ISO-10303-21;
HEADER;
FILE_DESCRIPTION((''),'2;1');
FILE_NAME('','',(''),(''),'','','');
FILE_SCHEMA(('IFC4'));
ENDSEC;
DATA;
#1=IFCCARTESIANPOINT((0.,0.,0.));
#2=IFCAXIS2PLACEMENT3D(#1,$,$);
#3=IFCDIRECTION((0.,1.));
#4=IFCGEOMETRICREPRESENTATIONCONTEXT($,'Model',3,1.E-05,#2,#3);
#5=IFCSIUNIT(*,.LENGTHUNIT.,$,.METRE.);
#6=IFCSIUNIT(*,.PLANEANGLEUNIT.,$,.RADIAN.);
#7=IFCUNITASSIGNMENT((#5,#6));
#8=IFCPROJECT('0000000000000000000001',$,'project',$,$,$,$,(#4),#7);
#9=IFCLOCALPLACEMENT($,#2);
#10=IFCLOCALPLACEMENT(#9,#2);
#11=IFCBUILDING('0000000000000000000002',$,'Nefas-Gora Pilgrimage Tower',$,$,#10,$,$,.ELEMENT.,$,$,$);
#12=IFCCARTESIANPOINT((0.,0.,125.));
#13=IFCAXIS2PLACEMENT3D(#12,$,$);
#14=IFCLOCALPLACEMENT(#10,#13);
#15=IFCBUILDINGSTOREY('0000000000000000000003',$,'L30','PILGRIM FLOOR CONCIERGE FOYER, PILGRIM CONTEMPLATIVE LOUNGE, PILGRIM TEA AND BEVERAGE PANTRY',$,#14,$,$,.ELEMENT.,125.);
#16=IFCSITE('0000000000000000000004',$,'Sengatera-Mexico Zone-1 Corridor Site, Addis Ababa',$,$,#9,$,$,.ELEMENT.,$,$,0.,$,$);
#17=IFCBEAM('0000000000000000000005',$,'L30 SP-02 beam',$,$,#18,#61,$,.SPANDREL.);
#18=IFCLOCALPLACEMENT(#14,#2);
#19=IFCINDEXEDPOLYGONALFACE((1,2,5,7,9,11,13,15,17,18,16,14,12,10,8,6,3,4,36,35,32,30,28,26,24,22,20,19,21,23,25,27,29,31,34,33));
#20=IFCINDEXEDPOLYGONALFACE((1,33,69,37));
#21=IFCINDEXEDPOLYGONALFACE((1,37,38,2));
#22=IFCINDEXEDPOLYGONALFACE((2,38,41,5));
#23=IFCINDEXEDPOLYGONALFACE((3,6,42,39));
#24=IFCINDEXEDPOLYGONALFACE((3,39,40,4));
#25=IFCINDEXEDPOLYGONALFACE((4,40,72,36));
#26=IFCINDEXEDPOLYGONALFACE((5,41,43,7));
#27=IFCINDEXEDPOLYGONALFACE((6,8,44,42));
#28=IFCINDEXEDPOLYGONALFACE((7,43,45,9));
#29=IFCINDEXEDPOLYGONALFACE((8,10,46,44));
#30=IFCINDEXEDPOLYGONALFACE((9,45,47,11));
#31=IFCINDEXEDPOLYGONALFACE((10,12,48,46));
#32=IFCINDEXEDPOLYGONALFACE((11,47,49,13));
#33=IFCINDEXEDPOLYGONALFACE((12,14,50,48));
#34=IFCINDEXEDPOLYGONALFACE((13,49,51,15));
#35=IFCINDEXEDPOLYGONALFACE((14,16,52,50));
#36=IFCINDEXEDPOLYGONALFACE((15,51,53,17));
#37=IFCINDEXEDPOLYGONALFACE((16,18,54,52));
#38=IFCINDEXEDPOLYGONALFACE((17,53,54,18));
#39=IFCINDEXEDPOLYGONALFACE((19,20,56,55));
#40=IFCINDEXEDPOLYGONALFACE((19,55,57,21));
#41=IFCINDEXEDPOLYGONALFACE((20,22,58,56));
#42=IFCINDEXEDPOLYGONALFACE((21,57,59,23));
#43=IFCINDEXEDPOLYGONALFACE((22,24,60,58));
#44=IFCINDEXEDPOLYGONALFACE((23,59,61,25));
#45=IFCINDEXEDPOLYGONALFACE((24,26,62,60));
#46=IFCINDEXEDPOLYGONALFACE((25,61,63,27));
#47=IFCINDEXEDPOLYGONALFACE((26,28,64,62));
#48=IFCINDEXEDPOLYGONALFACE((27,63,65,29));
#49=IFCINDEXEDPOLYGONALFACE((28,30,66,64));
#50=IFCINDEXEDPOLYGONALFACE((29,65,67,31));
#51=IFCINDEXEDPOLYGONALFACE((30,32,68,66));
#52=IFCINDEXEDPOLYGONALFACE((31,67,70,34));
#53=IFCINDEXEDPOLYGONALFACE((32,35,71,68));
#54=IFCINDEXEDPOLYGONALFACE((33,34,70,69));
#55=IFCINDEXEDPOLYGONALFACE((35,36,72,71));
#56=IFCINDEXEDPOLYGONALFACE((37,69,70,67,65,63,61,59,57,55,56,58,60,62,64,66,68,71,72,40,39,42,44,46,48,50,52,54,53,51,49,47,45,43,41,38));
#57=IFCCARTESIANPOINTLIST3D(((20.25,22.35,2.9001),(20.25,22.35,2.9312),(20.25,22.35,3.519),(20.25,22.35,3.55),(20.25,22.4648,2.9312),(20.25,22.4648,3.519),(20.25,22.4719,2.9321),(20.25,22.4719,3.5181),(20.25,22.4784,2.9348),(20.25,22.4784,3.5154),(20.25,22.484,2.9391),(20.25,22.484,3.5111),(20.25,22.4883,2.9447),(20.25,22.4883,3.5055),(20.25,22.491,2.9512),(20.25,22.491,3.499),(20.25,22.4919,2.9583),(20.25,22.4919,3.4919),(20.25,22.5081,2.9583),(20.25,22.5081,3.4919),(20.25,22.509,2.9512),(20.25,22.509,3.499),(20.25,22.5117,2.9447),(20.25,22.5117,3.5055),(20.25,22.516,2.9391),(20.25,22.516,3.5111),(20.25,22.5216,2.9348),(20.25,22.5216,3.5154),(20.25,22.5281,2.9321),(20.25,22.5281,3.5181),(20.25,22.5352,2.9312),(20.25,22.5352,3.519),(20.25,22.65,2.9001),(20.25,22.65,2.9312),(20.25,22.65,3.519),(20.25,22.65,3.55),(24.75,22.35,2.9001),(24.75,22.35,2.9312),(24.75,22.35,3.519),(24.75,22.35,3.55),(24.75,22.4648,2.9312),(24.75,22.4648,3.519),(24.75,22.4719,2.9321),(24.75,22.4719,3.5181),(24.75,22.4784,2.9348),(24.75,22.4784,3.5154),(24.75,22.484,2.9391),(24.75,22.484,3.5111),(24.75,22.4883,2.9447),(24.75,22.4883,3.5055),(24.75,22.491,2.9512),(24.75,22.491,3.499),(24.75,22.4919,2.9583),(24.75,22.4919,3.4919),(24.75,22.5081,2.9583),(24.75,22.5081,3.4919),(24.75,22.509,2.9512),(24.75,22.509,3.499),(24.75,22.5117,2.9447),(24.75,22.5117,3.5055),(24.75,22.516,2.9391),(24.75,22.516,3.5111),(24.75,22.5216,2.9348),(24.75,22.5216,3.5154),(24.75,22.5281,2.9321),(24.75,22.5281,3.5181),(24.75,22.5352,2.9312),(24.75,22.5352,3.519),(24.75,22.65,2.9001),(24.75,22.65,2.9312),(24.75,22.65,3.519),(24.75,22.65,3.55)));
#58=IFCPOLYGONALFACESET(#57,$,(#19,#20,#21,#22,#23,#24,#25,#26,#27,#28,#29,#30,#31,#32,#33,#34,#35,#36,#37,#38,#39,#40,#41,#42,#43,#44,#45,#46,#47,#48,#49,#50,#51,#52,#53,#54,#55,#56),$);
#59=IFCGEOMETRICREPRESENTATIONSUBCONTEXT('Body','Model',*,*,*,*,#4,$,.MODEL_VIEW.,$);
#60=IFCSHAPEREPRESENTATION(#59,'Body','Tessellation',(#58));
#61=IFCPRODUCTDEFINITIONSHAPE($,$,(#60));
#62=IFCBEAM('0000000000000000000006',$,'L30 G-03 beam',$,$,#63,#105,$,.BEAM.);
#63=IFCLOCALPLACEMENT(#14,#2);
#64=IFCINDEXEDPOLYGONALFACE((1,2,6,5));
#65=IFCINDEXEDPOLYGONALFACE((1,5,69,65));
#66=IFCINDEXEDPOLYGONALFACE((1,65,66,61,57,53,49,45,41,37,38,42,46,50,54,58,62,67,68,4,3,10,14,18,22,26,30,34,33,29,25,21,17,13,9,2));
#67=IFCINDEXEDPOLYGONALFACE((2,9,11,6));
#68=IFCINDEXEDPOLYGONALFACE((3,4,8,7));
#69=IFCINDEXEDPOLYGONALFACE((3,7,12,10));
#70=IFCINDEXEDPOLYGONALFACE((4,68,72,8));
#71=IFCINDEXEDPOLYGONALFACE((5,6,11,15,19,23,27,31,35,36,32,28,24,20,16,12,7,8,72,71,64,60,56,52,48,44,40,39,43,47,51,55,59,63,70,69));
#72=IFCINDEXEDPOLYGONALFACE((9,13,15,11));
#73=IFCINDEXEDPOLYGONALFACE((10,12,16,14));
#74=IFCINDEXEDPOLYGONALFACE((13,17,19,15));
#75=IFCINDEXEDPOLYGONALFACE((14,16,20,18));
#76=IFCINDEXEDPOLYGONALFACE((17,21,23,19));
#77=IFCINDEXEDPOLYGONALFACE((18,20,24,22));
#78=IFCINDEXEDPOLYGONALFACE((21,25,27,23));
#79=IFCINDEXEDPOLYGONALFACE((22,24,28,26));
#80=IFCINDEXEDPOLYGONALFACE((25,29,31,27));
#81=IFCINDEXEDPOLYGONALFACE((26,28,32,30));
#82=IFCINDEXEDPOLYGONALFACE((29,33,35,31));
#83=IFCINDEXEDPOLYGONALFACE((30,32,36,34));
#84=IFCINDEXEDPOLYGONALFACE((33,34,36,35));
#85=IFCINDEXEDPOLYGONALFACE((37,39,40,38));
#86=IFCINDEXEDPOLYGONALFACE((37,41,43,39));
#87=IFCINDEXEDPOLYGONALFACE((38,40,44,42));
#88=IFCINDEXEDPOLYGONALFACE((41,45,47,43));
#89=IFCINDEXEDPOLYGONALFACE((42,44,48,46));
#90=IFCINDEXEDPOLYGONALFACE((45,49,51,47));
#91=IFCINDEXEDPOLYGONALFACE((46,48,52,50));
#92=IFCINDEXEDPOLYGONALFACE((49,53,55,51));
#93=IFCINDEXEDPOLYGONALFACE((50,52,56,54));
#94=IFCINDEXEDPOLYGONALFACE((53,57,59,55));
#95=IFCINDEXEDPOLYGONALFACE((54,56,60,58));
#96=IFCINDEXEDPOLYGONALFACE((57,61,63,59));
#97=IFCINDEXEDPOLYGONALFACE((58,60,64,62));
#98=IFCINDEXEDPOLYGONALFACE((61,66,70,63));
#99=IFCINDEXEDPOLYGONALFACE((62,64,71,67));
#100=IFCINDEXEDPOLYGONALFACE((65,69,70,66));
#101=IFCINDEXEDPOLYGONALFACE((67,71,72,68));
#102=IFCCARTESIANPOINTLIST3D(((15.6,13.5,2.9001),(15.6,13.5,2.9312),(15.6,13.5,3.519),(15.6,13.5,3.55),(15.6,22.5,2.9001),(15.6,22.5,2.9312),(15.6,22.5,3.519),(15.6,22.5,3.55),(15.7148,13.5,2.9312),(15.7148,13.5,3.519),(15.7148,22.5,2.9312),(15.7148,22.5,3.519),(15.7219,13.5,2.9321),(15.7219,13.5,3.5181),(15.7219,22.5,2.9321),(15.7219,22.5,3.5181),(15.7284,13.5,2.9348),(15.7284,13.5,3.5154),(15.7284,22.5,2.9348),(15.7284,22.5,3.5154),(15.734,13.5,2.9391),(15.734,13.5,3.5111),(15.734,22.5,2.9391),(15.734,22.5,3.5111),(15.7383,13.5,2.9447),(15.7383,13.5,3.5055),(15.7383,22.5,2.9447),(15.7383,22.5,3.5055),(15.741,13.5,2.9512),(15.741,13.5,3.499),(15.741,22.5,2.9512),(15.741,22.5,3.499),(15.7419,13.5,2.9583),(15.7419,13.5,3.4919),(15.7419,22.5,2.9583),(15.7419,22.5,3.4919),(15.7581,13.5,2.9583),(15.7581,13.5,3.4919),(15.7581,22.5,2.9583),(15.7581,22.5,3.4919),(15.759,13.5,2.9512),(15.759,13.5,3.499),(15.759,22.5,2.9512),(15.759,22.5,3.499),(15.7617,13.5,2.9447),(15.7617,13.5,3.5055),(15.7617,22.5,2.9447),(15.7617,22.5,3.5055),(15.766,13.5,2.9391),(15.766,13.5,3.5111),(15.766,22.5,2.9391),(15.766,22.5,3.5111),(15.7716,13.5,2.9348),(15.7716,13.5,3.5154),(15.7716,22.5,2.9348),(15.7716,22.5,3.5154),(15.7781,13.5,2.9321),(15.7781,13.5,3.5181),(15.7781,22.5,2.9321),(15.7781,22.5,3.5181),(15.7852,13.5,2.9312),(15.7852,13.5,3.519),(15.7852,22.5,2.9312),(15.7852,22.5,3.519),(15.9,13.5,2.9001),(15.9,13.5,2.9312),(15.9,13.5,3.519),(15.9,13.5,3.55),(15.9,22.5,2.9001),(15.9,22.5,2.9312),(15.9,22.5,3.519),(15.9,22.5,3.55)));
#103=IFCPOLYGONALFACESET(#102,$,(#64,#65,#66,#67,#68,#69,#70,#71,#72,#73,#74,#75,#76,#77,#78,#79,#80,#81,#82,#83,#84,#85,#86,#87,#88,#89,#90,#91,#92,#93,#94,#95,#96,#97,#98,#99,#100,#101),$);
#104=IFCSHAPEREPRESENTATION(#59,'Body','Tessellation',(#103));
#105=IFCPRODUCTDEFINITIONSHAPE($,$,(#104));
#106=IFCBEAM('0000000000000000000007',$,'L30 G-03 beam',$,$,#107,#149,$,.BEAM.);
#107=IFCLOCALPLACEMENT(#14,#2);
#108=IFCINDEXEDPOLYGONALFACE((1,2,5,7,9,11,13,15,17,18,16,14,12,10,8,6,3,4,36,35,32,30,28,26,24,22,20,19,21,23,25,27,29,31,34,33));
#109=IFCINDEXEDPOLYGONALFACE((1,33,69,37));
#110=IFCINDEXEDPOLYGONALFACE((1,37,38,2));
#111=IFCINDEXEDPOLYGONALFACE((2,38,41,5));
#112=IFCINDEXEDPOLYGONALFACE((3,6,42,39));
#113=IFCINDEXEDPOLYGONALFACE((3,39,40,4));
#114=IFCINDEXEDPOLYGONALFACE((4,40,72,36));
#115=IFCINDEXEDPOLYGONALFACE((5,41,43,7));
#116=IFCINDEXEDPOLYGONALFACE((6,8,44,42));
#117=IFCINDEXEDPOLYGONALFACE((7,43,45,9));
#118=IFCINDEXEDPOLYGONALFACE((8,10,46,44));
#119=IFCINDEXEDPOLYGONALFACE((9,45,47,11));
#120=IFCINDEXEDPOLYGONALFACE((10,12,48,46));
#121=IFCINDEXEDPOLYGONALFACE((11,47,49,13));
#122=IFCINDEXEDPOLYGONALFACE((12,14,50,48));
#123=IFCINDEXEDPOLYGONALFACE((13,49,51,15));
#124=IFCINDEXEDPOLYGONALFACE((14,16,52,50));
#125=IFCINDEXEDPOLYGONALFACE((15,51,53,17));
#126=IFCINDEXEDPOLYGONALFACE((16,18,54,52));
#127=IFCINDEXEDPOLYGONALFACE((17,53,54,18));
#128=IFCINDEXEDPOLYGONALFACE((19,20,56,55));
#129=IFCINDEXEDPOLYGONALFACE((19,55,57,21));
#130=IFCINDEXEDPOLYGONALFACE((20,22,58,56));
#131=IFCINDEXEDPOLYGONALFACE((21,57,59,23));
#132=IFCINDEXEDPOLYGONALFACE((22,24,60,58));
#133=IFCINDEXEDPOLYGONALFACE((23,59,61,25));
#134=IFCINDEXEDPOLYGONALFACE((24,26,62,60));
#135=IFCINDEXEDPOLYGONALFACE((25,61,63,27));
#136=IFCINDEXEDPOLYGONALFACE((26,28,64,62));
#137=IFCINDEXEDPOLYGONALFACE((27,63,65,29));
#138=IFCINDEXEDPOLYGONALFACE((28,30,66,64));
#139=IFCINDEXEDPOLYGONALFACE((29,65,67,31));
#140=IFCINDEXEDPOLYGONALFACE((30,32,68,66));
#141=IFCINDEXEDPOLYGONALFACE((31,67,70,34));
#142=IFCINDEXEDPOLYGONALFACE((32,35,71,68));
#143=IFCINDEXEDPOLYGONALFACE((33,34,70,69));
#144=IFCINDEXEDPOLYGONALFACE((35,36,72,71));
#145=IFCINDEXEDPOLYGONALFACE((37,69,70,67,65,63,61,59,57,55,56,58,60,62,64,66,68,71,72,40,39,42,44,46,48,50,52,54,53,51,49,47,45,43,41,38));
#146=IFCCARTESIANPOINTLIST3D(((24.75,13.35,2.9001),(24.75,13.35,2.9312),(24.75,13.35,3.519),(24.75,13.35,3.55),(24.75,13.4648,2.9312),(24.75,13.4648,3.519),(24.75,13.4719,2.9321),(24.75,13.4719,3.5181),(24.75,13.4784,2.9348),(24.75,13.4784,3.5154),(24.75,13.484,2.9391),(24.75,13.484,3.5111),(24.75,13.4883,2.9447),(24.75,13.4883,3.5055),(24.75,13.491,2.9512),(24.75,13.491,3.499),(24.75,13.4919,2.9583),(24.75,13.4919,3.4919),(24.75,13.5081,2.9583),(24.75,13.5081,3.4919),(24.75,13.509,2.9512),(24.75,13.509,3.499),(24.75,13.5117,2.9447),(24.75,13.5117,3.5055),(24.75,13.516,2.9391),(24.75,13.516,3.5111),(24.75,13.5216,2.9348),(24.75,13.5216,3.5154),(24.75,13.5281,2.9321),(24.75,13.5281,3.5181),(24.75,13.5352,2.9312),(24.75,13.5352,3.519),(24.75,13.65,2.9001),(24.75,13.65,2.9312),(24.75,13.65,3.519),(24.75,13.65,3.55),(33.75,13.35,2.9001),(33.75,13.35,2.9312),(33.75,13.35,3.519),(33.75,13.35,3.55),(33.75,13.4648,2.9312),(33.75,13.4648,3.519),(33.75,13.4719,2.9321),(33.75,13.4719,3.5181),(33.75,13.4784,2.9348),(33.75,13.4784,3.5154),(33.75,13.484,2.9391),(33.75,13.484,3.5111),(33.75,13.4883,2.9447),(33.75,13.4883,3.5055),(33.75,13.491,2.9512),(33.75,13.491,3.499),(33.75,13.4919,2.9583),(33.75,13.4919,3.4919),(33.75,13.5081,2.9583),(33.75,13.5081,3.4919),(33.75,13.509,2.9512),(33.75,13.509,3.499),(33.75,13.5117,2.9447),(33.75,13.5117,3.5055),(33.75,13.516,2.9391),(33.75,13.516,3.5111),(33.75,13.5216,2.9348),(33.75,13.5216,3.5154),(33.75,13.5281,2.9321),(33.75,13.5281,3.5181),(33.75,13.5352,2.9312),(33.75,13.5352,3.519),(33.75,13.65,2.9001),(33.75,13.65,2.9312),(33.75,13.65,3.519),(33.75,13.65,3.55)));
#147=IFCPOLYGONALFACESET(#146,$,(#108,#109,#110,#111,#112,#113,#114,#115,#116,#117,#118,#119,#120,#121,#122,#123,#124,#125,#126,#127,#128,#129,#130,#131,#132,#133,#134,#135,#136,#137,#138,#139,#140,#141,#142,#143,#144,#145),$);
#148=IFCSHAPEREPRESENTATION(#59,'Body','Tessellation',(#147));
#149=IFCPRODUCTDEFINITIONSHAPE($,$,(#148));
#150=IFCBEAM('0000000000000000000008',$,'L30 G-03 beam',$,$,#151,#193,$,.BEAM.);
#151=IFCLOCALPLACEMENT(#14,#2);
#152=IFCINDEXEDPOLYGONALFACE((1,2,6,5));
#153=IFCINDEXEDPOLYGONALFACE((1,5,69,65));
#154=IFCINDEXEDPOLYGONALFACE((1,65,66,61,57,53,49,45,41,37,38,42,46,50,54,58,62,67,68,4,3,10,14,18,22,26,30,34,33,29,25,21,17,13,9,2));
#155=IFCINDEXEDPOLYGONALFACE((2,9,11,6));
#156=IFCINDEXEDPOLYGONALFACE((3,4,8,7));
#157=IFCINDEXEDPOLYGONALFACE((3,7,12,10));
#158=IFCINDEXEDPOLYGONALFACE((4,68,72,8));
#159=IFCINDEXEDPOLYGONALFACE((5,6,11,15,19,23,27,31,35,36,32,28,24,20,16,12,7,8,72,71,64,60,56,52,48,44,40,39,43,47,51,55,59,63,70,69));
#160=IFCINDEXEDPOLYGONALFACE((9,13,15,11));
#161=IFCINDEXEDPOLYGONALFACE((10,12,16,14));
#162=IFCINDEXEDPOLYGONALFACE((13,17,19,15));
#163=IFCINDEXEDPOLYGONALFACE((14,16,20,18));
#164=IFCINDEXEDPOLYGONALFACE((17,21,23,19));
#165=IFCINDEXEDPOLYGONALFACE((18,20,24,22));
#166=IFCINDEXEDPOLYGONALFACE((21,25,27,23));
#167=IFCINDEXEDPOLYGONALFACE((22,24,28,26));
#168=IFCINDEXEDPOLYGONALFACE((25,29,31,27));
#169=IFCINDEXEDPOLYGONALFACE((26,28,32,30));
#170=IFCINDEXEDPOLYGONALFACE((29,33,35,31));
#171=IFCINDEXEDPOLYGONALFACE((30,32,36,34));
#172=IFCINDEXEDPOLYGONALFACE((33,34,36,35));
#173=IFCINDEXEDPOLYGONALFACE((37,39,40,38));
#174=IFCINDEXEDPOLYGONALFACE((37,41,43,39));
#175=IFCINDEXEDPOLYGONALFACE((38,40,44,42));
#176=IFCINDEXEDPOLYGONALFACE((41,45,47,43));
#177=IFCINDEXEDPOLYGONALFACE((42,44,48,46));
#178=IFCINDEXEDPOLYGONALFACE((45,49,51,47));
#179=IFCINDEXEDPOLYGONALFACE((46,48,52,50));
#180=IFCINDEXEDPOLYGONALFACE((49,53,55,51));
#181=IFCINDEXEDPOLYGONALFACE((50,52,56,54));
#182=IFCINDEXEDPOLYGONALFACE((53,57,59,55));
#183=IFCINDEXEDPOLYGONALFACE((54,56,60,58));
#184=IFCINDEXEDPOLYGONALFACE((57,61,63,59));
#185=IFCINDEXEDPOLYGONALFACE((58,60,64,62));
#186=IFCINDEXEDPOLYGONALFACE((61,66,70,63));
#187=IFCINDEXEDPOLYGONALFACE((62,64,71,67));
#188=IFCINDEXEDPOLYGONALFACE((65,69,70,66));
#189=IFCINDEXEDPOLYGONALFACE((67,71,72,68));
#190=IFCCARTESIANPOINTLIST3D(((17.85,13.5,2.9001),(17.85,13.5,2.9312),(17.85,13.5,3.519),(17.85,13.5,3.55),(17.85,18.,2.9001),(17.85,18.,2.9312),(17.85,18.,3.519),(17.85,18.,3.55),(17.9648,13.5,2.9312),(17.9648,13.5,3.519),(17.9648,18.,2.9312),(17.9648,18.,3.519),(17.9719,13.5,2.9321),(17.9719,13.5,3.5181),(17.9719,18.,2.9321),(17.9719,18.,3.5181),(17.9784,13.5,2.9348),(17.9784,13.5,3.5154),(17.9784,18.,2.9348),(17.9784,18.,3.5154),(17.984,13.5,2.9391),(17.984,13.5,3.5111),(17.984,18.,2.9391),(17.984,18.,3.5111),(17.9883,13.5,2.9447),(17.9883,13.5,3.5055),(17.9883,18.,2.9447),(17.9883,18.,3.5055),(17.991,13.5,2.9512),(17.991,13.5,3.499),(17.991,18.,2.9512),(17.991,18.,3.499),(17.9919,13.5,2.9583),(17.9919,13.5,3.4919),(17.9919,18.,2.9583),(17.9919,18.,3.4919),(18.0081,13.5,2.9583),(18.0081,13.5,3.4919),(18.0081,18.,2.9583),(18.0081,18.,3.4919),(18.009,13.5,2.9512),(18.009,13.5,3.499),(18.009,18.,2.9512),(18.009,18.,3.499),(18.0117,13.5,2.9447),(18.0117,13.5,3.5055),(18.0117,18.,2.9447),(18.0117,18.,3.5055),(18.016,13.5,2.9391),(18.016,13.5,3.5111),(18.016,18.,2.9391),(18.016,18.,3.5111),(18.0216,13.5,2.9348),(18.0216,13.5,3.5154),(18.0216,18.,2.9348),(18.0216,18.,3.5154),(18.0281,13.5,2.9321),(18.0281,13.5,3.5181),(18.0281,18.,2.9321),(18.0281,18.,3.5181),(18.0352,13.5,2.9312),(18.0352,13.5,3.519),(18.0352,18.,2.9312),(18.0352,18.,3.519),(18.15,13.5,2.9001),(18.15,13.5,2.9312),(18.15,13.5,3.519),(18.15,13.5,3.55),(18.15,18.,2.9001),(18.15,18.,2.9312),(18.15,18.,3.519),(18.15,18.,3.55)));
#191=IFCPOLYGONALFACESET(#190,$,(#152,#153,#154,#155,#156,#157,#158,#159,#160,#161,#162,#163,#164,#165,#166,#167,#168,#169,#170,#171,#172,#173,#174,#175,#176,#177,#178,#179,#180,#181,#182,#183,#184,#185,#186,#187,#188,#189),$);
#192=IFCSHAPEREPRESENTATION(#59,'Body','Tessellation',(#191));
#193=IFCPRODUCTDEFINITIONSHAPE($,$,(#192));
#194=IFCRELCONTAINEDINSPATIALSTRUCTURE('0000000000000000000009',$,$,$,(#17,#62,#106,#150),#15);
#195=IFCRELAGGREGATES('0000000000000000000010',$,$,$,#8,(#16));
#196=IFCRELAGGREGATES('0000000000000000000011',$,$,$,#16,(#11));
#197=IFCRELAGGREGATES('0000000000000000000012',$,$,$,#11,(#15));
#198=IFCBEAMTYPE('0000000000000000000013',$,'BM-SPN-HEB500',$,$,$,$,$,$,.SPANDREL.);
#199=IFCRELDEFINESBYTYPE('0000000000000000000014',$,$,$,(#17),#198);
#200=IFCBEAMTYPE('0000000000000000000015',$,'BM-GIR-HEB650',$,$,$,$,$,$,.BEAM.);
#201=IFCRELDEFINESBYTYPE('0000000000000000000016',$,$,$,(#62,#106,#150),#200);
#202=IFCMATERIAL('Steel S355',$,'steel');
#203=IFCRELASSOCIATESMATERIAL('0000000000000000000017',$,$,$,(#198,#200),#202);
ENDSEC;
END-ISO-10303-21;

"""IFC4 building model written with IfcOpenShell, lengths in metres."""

from ifc_helpers import new_model, si_unit, direction, frame, origin, origin_2d, place, context, subcontext, project, spatial, i_section, extrude, source, transform, mapped, material, material_profile, profile_set, type_object, element, save


model = new_model("IFC4")

# Units and contexts
model_context = context("Model", 3, precision=1e-05, world=origin(), true_north=direction((0.0, 1.0)))
body_context = subcontext(model_context, "Body", "Model", "MODEL_VIEW")
ifc_project = project(units=[si_unit("LENGTHUNIT", "METRE"), si_unit("PLANEANGLEUNIT", "RADIAN")], contexts=[model_context])

# Site, building, storey
site_placement = place(None, origin())
site = spatial("IfcSite", under=ifc_project, at=site_placement, Name="Sengatera-Mexico Zone-1 Corridor Site, Addis Ababa", CompositionType="ELEMENT", RefElevation=0.0)
building_placement = place(site_placement, origin())
building = spatial("IfcBuilding", under=site, at=building_placement, Name="Nefas-Gora Pilgrimage Tower", CompositionType="ELEMENT")
storey_placement = place(building_placement, frame((0.0, 0.0, 125.0)))
storey = spatial("IfcBuildingStorey", under=building, at=storey_placement, Name="L30", Description="PILGRIM FLOOR CONCIERGE FOYER, PILGRIM CONTEMPLATIVE LOUNGE, PILGRIM TEA AND BEVERAGE PANTRY", CompositionType="ELEMENT", Elevation=125.0)

# Beams
ifc_material_1 = material(Name="Steel S355", Category="steel")
ifc_material_profile_1 = material_profile(ifc_material_1, i_section(OverallWidth=0.3, OverallDepth=0.6499, WebThickness=0.0161, FlangeThickness=0.031, FilletRadius=0.0271, at=origin_2d()), Name="HEB 650")
ifc_profile_set_1 = profile_set([ifc_material_profile_1], Name="Steel S355")
beam_type_1 = type_object("IfcBeamType", Name="BM-SPN-HEB500", PredefinedType="SPANDREL", material=ifc_profile_set_1)
shared_shape_1 = source(origin(), body_context, "Body", "SweptSolid", [
    extrude(i_section(OverallWidth=0.3, OverallDepth=0.6499, WebThickness=0.0161, FlangeThickness=0.031, FilletRadius=0.0271, at=origin_2d()), origin(), (0.0, 0.0, 1.0), 4.5),
])
beam_1_placement = place(storey_placement, frame((20.25, 22.5, 3.2251), z_axis=(1.0, 0.0, 0.0), x_axis=(0.0, 1.0, 0.0)))
element("IfcBeam", 1, at=beam_1_placement, inside=storey, type_object=beam_type_1, Name="L30 SP-02 beam", PredefinedType="SPANDREL", context=body_context, shape_type="MappedRepresentation", body=[
    mapped(shared_shape_1, transform((0.0, 0.0, 0.0), x_axis=(1.0, 0.0, 0.0), y_axis=(0.0, 1.0, 0.0), z_axis=(0.0, 0.0, 1.0), scale=1.0)),
])
ifc_material_profile_2 = material_profile(ifc_material_1, i_section(OverallWidth=0.3, OverallDepth=0.6499, WebThickness=0.0161, FlangeThickness=0.031, FilletRadius=0.0271, at=origin_2d()), Name="HEB 650")
ifc_profile_set_2 = profile_set([ifc_material_profile_2], Name="Steel S355")
beam_type_2 = type_object("IfcBeamType", Name="BM-GIR-HEB650", PredefinedType="BEAM", material=ifc_profile_set_2)
shared_shape_2 = source(origin(), body_context, "Body", "SweptSolid", [
    extrude(i_section(OverallWidth=0.3, OverallDepth=0.6499, WebThickness=0.0161, FlangeThickness=0.031, FilletRadius=0.0271, at=origin_2d()), origin(), (0.0, 0.0, 1.0), 9.0),
])
for number, where, z_axis, x_axis, name in (
    (2, (15.75, 13.5, 3.2251), (0.0, 1.0, 0.0), (-1.0, 0.0, 0.0), "L30 G-03 beam"),
    (3, (24.75, 13.5, 3.2251), (1.0, 0.0, 0.0), (0.0, 1.0, 0.0), "L30 G-03 beam"),
):
    element("IfcBeam", number, at=place(storey_placement, frame(where, z_axis=z_axis, x_axis=x_axis)), inside=storey, type_object=beam_type_2, Name=name, PredefinedType="BEAM", context=body_context, shape_type="MappedRepresentation", body=[
        mapped(shared_shape_2, transform((0.0, 0.0, 0.0), x_axis=(1.0, 0.0, 0.0), y_axis=(0.0, 1.0, 0.0), z_axis=(0.0, 0.0, 1.0), scale=1.0)),
    ])
shared_shape_3 = source(origin(), body_context, "Body", "SweptSolid", [
    extrude(i_section(OverallWidth=0.3, OverallDepth=0.6499, WebThickness=0.0161, FlangeThickness=0.031, FilletRadius=0.0271, at=origin_2d()), origin(), (0.0, 0.0, 1.0), 4.5),
])
for number, where, z_axis, x_axis, name in (
    (4, (18.0, 13.5, 3.2251), (0.0, 1.0, 0.0), (-1.0, 0.0, 0.0), "L30 G-03 beam"),
):
    element("IfcBeam", number, at=place(storey_placement, frame(where, z_axis=z_axis, x_axis=x_axis)), inside=storey, type_object=beam_type_2, Name=name, PredefinedType="BEAM", context=body_context, shape_type="MappedRepresentation", body=[
        mapped(shared_shape_3, transform((0.0, 0.0, 0.0), x_axis=(1.0, 0.0, 0.0), y_axis=(0.0, 1.0, 0.0), z_axis=(0.0, 0.0, 1.0), scale=1.0)),
    ])

save(model, "model.ifc")
